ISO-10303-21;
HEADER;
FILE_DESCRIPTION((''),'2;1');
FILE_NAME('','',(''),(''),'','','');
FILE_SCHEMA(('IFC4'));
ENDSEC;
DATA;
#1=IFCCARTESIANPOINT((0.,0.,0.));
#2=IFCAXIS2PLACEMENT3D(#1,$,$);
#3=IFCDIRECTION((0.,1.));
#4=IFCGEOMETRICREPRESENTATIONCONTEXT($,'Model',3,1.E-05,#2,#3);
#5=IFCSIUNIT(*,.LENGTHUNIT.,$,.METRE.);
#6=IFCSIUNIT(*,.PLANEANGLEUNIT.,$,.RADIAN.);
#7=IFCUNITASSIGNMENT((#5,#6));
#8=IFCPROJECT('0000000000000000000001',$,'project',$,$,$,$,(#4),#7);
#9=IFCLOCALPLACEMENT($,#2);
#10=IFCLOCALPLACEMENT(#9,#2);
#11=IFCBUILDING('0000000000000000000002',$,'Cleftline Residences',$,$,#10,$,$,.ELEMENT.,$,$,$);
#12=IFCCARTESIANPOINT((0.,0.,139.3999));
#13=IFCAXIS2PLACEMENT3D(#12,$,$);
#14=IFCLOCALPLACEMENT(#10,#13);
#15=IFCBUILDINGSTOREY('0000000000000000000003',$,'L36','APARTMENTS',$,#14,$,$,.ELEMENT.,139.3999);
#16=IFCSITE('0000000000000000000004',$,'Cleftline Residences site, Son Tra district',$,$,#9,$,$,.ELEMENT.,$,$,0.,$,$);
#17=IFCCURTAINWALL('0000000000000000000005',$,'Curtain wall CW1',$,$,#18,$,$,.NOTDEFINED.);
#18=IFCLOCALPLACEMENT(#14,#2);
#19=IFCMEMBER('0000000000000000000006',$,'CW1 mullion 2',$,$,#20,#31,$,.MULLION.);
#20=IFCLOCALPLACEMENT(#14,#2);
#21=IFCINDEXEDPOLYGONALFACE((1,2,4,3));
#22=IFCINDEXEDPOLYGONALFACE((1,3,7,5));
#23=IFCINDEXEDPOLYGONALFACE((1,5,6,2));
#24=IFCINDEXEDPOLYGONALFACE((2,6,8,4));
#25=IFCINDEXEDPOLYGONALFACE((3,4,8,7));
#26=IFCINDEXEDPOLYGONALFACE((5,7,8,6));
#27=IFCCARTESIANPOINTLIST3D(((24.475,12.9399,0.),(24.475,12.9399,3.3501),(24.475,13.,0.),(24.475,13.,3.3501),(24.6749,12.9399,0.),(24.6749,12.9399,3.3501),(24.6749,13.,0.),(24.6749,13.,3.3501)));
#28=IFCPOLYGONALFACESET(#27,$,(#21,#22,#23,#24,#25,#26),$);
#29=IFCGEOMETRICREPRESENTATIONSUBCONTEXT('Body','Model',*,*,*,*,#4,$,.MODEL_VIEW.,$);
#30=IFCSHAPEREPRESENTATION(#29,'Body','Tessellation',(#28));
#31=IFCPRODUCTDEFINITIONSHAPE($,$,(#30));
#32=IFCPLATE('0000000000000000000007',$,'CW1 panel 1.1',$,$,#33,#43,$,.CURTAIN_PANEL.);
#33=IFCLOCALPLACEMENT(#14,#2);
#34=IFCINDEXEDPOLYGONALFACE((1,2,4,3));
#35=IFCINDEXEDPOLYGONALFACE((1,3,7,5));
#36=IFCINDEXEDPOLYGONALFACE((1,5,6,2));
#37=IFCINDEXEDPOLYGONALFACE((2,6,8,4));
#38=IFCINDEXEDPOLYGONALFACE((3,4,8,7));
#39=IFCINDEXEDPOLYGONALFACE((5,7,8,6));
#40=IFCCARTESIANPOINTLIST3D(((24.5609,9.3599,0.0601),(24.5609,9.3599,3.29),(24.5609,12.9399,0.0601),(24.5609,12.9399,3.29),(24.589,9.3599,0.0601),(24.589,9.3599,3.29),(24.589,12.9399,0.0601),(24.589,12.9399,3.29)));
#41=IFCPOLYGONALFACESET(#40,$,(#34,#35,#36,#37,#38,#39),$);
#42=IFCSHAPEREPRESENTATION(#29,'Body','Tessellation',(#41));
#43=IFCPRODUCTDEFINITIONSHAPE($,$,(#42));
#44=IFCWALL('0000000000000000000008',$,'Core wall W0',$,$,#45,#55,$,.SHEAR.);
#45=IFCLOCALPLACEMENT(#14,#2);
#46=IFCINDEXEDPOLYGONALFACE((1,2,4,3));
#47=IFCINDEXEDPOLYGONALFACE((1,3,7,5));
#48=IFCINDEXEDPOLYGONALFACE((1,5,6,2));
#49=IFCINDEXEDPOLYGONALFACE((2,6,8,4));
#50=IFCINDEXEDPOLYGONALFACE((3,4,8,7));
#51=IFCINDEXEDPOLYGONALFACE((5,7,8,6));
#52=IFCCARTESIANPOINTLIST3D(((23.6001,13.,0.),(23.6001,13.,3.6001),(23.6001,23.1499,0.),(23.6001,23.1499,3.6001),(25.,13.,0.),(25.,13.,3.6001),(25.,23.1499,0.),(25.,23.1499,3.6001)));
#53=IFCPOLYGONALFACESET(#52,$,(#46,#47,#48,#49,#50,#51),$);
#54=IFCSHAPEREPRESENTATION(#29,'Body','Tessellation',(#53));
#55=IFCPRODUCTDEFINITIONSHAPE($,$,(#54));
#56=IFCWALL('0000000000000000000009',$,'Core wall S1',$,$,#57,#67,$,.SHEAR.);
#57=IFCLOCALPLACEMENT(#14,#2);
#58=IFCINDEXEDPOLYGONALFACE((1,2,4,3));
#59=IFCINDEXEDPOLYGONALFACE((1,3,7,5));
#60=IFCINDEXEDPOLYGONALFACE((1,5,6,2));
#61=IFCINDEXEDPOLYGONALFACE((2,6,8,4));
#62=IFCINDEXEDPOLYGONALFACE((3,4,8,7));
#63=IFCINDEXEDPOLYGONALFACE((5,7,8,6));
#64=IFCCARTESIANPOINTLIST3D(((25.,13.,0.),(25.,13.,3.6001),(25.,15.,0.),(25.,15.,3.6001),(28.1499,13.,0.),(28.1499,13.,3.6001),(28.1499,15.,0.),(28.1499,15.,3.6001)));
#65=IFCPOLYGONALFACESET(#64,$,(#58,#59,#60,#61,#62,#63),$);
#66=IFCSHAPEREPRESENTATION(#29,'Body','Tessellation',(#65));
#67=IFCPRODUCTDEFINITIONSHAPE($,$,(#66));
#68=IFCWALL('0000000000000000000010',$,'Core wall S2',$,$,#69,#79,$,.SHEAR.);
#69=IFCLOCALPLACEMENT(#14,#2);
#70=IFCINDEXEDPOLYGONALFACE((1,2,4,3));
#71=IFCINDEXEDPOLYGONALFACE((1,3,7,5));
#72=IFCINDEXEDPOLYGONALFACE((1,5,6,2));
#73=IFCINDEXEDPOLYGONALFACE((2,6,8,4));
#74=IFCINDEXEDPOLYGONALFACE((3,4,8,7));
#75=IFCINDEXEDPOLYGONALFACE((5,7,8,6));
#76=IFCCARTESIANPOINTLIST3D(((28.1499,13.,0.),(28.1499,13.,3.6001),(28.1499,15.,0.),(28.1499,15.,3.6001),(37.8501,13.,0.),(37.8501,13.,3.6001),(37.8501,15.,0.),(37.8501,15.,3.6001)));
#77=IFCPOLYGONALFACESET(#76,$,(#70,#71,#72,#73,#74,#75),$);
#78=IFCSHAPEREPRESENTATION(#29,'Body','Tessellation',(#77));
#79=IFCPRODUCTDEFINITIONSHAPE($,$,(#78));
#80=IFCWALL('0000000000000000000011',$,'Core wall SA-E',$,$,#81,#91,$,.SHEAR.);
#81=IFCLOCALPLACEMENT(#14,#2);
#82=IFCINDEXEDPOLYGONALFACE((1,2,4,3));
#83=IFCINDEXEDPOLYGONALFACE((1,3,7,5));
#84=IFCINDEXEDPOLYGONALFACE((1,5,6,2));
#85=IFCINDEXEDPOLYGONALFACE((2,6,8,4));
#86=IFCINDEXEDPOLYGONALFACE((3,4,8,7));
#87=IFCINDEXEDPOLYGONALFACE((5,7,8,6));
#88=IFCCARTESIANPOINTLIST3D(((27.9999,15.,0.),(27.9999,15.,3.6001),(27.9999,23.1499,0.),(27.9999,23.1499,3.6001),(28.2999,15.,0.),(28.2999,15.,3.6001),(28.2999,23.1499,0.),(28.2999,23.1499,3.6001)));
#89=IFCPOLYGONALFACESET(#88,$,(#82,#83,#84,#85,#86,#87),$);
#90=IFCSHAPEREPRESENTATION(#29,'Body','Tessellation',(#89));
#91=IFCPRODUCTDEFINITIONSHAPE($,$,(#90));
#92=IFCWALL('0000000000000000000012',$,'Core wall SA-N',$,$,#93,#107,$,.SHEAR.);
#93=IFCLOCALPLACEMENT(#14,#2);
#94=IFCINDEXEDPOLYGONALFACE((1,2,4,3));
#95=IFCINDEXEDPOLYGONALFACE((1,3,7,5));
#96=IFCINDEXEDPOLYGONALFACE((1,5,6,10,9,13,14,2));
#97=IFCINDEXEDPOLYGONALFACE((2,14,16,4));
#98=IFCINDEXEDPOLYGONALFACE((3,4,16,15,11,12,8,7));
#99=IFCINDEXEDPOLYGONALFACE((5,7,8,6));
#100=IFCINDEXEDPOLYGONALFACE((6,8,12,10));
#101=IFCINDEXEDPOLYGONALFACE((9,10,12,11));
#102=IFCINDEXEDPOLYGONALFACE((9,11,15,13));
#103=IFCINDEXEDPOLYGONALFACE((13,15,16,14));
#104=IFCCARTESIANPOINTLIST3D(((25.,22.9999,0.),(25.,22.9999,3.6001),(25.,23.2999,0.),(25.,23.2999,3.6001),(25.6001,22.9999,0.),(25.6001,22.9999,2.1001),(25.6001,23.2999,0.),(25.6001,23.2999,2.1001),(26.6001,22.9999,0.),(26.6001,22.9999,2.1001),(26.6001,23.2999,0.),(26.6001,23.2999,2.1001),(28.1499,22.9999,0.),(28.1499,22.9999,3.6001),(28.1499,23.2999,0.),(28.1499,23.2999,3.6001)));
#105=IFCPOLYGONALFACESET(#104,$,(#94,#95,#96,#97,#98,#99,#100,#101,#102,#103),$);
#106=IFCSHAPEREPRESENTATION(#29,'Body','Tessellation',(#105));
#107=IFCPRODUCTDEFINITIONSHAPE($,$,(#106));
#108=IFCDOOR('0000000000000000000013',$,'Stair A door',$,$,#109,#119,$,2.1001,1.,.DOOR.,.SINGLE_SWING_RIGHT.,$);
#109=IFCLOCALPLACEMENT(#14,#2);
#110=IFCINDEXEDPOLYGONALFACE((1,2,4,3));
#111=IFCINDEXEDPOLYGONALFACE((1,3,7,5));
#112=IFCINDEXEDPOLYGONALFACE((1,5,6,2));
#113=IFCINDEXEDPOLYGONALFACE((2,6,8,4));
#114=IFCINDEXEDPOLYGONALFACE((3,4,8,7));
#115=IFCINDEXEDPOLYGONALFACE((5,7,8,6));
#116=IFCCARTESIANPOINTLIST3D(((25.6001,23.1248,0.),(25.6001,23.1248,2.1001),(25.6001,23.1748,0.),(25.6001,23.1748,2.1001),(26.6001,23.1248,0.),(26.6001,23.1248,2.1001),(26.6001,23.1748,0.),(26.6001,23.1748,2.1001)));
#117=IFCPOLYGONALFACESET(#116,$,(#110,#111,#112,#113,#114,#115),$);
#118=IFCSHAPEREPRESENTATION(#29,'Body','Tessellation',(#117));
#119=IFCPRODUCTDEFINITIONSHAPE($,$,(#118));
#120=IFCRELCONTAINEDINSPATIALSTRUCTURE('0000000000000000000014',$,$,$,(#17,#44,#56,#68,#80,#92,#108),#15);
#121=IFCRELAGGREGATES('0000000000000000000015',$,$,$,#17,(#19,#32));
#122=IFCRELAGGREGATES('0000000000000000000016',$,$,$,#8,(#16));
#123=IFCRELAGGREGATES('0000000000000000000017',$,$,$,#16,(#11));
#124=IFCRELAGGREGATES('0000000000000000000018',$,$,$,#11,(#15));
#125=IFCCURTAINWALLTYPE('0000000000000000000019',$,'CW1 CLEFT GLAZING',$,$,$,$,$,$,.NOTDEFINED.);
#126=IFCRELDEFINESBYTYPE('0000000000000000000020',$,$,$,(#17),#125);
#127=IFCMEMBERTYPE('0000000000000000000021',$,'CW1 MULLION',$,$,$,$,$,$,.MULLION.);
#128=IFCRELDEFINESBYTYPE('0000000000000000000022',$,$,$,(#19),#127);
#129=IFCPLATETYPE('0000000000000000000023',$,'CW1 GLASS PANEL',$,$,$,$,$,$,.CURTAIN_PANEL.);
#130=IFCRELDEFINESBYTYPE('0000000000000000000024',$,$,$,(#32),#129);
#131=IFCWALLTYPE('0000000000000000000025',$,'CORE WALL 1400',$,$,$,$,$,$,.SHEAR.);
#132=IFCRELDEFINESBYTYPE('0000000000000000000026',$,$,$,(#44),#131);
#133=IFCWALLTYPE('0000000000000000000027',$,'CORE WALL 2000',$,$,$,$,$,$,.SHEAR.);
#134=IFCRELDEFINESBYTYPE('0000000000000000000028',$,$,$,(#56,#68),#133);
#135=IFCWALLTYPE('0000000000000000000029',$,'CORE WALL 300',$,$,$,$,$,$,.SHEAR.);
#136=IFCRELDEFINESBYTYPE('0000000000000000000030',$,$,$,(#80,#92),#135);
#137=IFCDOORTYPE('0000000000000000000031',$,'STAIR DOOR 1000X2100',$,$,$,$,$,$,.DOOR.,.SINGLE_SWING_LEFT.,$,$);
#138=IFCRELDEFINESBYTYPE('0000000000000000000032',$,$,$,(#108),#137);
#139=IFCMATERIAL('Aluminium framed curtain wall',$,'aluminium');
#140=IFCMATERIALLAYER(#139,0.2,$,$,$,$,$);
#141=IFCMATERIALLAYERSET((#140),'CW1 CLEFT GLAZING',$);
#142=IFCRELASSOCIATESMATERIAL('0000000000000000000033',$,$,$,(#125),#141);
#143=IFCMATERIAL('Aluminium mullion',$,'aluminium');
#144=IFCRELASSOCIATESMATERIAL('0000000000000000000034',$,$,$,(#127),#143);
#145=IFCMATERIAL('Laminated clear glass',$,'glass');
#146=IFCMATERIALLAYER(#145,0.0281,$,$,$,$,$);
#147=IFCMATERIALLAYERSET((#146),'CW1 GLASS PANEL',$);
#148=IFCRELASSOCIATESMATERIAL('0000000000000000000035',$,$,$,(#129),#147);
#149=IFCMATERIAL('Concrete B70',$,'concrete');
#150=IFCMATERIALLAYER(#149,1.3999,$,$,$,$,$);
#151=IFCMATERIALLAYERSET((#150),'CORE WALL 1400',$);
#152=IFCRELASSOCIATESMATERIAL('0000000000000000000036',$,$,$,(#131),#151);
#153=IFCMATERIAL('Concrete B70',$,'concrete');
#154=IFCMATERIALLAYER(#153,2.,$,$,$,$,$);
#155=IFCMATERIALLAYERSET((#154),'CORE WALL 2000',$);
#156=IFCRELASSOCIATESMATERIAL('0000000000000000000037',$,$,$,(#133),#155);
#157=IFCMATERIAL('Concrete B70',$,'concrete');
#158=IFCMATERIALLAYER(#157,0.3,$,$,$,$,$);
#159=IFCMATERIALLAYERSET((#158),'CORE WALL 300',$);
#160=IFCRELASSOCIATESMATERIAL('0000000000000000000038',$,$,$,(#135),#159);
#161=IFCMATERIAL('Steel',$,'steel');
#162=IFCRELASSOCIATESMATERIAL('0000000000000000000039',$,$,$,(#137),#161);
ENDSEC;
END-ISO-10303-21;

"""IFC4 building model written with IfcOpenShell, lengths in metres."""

from ifc_helpers import new_model, si_unit, direction, frame, frame_2d, origin, origin_2d, place, context, subcontext, project, spatial, rectangle, extrude, material, layer, layer_set, material_profile, profile_set, type_object, element, fill, aggregate, save


model = new_model("IFC4")

# Units and contexts
model_context = context("Model", 3, precision=1e-05, world=origin(), true_north=direction((0.0, 1.0)))
body_context = subcontext(model_context, "Body", "Model", "MODEL_VIEW")
ifc_project = project(units=[si_unit("LENGTHUNIT", "METRE"), si_unit("PLANEANGLEUNIT", "RADIAN")], contexts=[model_context])

# Site, building, storey
site_placement = place(None, origin())
site = spatial("IfcSite", under=ifc_project, at=site_placement, Name="Cleftline Residences site, Son Tra district", CompositionType="ELEMENT", RefElevation=0.0)
building_placement = place(site_placement, origin())
building = spatial("IfcBuilding", under=site, at=building_placement, Name="Cleftline Residences", CompositionType="ELEMENT")
storey_placement = place(building_placement, frame((0.0, 0.0, 139.3999)))
storey = spatial("IfcBuildingStorey", under=building, at=storey_placement, Name="L36", Description="APARTMENTS", CompositionType="ELEMENT", Elevation=139.3999)

# Curtain wall, member, plate
ifc_material_1 = material(Name="Aluminium framed curtain wall", Category="aluminium")
ifc_layer_1 = layer(ifc_material_1, 0.2)
ifc_layer_set_1 = layer_set([ifc_layer_1], Name="CW1 CLEFT GLAZING")
curtain_wall_type = type_object("IfcCurtainWallType", Name="CW1 CLEFT GLAZING", PredefinedType="NOTDEFINED", material=ifc_layer_set_1)
curtain_wall_placement = place(storey_placement, origin())
curtain_wall = element("IfcCurtainWall", 1, at=curtain_wall_placement, inside=storey, type_object=curtain_wall_type, Name="Curtain wall CW1", PredefinedType="NOTDEFINED")
ifc_material_2 = material(Name="Aluminium mullion", Category="aluminium")
ifc_material_profile = material_profile(ifc_material_2, rectangle(XDim=0.2, YDim=0.0601, at=origin_2d()))
ifc_profile_set = profile_set([ifc_material_profile], Name="Aluminium mullion")
member_type = type_object("IfcMemberType", Name="CW1 MULLION", PredefinedType="MULLION", material=ifc_profile_set)
member_placement = place(storey_placement, frame((24.575, 12.97, 0.0), z_axis=(0.0, 0.0, 1.0), x_axis=(-1.0, 0.0, 0.0)))
member = element("IfcMember", 2, at=member_placement, type_object=member_type, Name="CW1 mullion 2", PredefinedType="MULLION", context=body_context, shape_type="SweptSolid", body=[
    extrude(rectangle(XDim=0.2, YDim=0.0601, at=origin_2d()), origin(), (0.0, 0.0, 1.0), 3.3501),
])
ifc_material_3 = material(Name="Laminated clear glass", Category="glass")
ifc_layer_2 = layer(ifc_material_3, 0.0281)
ifc_layer_set_2 = layer_set([ifc_layer_2], Name="CW1 GLASS PANEL")
plate_type = type_object("IfcPlateType", Name="CW1 GLASS PANEL", PredefinedType="CURTAIN_PANEL", material=ifc_layer_set_2)
plate_placement = place(storey_placement, frame((24.575, 11.1499, 0.0601), z_axis=(0.0, 0.0, 1.0), x_axis=(0.0, 1.0, 0.0)))
plate = element("IfcPlate", 3, at=plate_placement, type_object=plate_type, Name="CW1 panel 1.1", PredefinedType="CURTAIN_PANEL", context=body_context, shape_type="SweptSolid", body=[
    extrude(rectangle(XDim=3.5801, YDim=0.0281, at=origin_2d()), origin(), (0.0, 0.0, 1.0), 3.23),
])
aggregate(curtain_wall, [member, plate])

# Wall
ifc_material_4 = material(Name="Concrete B70", Category="concrete")
ifc_layer_3 = layer(ifc_material_4, 1.3999)
ifc_layer_set_3 = layer_set([ifc_layer_3], Name="CORE WALL 1400")
wall_type_1 = type_object("IfcWallType", Name="CORE WALL 1400", PredefinedType="SHEAR", material=ifc_layer_set_3)
wall_1_placement = place(storey_placement, frame((24.3, 13.0, 0.0), z_axis=(0.0, 0.0, 1.0), x_axis=(0.0, 1.0, 0.0)))
element("IfcWall", 4, at=wall_1_placement, inside=storey, type_object=wall_type_1, Name="Core wall W0", PredefinedType="SHEAR", context=body_context, shape_type="SweptSolid", body=[
    extrude(rectangle(XDim=10.1499, YDim=1.3999, at=frame_2d((5.075, 0.0))), origin(), (0.0, 0.0, 1.0), 3.6001),
])

# Walls
ifc_material_5 = material(Name="Concrete B70", Category="concrete")
ifc_layer_4 = layer(ifc_material_5, 2.0)
ifc_layer_set_4 = layer_set([ifc_layer_4], Name="CORE WALL 2000")
wall_type_2 = type_object("IfcWallType", Name="CORE WALL 2000", PredefinedType="SHEAR", material=ifc_layer_set_4)
wall_2_placement = place(storey_placement, frame((25.0, 14.0, 0.0), z_axis=(0.0, 0.0, 1.0), x_axis=(1.0, 0.0, 0.0)))
element("IfcWall", 5, at=wall_2_placement, inside=storey, type_object=wall_type_2, Name="Core wall S1", PredefinedType="SHEAR", context=body_context, shape_type="SweptSolid", body=[
    extrude(rectangle(XDim=3.1499, YDim=2.0, at=frame_2d((1.575, 0.0))), origin(), (0.0, 0.0, 1.0), 3.6001),
])
wall_3_placement = place(storey_placement, frame((28.1499, 14.0, 0.0), z_axis=(0.0, 0.0, 1.0), x_axis=(1.0, 0.0, 0.0)))
element("IfcWall", 6, at=wall_3_placement, inside=storey, type_object=wall_type_2, Name="Core wall S2", PredefinedType="SHEAR", context=body_context, shape_type="SweptSolid", body=[
    extrude(rectangle(XDim=9.7002, YDim=2.0, at=frame_2d((4.8501, 0.0))), origin(), (0.0, 0.0, 1.0), 3.6001),
])
ifc_material_6 = material(Name="Concrete B70", Category="concrete")
ifc_layer_5 = layer(ifc_material_6, 0.3)
ifc_layer_set_5 = layer_set([ifc_layer_5], Name="CORE WALL 300")
wall_type_3 = type_object("IfcWallType", Name="CORE WALL 300", PredefinedType="SHEAR", material=ifc_layer_set_5)
wall_4_placement = place(storey_placement, frame((28.1499, 15.0, 0.0), z_axis=(0.0, 0.0, 1.0), x_axis=(0.0, 1.0, 0.0)))
element("IfcWall", 7, at=wall_4_placement, inside=storey, type_object=wall_type_3, Name="Core wall SA-E", PredefinedType="SHEAR", context=body_context, shape_type="SweptSolid", body=[
    extrude(rectangle(XDim=8.1499, YDim=0.3, at=frame_2d((4.075, 0.0))), origin(), (0.0, 0.0, 1.0), 3.6001),
])

# Wall, opening, door
wall_5_placement = place(storey_placement, frame((25.0, 23.1499, 0.0), z_axis=(0.0, 0.0, 1.0), x_axis=(1.0, 0.0, 0.0)))
wall_5 = element("IfcWall", 8, at=wall_5_placement, inside=storey, type_object=wall_type_3, Name="Core wall SA-N", PredefinedType="SHEAR", context=body_context, shape_type="SweptSolid", body=[
    extrude(rectangle(XDim=3.1499, YDim=0.3, at=frame_2d((1.575, 0.0))), origin(), (0.0, 0.0, 1.0), 3.6001),
])
opening_1_placement = place(wall_5_placement, frame((0.6001, 0.0, 0.0)))
opening_1 = element("IfcOpeningElement", 9, at=opening_1_placement, cuts=wall_5, PredefinedType="OPENING", context=body_context, shape_type="SweptSolid", body=[
    extrude(rectangle(XDim=1.0, YDim=2.1001, at=frame_2d((0.5, 1.05))), frame((0.0, 0.1599, 0.0), z_axis=(0.0, -1.0, 0.0), x_axis=(1.0, 0.0, 0.0)), (0.0, 0.0, 1.0), 0.3201),
])
ifc_material_7 = material(Name="Steel", Category="steel")
door_type_1 = type_object("IfcDoorType", Name="STAIR DOOR 1000X2100", OperationType="SINGLE_SWING_LEFT", PredefinedType="DOOR", material=ifc_material_7)
door_1_placement = place(opening_1_placement, origin())
door_1 = element("IfcDoor", 10, at=door_1_placement, inside=storey, type_object=door_type_1, Name="Stair A door", OperationType="SINGLE_SWING_RIGHT", OverallHeight=2.1001, OverallWidth=1.0, PredefinedType="DOOR", context=body_context, shape_type="SweptSolid", body=[
    extrude(rectangle(XDim=1.0, YDim=2.1001, at=frame_2d((0.5, 1.05))), frame((0.0, 0.0249, 0.0), z_axis=(0.0, -1.0, 0.0), x_axis=(1.0, 0.0, 0.0)), (0.0, 0.0, 1.0), 0.05),
])
fill(opening_1, door_1)

save(model, "model.ifc")
